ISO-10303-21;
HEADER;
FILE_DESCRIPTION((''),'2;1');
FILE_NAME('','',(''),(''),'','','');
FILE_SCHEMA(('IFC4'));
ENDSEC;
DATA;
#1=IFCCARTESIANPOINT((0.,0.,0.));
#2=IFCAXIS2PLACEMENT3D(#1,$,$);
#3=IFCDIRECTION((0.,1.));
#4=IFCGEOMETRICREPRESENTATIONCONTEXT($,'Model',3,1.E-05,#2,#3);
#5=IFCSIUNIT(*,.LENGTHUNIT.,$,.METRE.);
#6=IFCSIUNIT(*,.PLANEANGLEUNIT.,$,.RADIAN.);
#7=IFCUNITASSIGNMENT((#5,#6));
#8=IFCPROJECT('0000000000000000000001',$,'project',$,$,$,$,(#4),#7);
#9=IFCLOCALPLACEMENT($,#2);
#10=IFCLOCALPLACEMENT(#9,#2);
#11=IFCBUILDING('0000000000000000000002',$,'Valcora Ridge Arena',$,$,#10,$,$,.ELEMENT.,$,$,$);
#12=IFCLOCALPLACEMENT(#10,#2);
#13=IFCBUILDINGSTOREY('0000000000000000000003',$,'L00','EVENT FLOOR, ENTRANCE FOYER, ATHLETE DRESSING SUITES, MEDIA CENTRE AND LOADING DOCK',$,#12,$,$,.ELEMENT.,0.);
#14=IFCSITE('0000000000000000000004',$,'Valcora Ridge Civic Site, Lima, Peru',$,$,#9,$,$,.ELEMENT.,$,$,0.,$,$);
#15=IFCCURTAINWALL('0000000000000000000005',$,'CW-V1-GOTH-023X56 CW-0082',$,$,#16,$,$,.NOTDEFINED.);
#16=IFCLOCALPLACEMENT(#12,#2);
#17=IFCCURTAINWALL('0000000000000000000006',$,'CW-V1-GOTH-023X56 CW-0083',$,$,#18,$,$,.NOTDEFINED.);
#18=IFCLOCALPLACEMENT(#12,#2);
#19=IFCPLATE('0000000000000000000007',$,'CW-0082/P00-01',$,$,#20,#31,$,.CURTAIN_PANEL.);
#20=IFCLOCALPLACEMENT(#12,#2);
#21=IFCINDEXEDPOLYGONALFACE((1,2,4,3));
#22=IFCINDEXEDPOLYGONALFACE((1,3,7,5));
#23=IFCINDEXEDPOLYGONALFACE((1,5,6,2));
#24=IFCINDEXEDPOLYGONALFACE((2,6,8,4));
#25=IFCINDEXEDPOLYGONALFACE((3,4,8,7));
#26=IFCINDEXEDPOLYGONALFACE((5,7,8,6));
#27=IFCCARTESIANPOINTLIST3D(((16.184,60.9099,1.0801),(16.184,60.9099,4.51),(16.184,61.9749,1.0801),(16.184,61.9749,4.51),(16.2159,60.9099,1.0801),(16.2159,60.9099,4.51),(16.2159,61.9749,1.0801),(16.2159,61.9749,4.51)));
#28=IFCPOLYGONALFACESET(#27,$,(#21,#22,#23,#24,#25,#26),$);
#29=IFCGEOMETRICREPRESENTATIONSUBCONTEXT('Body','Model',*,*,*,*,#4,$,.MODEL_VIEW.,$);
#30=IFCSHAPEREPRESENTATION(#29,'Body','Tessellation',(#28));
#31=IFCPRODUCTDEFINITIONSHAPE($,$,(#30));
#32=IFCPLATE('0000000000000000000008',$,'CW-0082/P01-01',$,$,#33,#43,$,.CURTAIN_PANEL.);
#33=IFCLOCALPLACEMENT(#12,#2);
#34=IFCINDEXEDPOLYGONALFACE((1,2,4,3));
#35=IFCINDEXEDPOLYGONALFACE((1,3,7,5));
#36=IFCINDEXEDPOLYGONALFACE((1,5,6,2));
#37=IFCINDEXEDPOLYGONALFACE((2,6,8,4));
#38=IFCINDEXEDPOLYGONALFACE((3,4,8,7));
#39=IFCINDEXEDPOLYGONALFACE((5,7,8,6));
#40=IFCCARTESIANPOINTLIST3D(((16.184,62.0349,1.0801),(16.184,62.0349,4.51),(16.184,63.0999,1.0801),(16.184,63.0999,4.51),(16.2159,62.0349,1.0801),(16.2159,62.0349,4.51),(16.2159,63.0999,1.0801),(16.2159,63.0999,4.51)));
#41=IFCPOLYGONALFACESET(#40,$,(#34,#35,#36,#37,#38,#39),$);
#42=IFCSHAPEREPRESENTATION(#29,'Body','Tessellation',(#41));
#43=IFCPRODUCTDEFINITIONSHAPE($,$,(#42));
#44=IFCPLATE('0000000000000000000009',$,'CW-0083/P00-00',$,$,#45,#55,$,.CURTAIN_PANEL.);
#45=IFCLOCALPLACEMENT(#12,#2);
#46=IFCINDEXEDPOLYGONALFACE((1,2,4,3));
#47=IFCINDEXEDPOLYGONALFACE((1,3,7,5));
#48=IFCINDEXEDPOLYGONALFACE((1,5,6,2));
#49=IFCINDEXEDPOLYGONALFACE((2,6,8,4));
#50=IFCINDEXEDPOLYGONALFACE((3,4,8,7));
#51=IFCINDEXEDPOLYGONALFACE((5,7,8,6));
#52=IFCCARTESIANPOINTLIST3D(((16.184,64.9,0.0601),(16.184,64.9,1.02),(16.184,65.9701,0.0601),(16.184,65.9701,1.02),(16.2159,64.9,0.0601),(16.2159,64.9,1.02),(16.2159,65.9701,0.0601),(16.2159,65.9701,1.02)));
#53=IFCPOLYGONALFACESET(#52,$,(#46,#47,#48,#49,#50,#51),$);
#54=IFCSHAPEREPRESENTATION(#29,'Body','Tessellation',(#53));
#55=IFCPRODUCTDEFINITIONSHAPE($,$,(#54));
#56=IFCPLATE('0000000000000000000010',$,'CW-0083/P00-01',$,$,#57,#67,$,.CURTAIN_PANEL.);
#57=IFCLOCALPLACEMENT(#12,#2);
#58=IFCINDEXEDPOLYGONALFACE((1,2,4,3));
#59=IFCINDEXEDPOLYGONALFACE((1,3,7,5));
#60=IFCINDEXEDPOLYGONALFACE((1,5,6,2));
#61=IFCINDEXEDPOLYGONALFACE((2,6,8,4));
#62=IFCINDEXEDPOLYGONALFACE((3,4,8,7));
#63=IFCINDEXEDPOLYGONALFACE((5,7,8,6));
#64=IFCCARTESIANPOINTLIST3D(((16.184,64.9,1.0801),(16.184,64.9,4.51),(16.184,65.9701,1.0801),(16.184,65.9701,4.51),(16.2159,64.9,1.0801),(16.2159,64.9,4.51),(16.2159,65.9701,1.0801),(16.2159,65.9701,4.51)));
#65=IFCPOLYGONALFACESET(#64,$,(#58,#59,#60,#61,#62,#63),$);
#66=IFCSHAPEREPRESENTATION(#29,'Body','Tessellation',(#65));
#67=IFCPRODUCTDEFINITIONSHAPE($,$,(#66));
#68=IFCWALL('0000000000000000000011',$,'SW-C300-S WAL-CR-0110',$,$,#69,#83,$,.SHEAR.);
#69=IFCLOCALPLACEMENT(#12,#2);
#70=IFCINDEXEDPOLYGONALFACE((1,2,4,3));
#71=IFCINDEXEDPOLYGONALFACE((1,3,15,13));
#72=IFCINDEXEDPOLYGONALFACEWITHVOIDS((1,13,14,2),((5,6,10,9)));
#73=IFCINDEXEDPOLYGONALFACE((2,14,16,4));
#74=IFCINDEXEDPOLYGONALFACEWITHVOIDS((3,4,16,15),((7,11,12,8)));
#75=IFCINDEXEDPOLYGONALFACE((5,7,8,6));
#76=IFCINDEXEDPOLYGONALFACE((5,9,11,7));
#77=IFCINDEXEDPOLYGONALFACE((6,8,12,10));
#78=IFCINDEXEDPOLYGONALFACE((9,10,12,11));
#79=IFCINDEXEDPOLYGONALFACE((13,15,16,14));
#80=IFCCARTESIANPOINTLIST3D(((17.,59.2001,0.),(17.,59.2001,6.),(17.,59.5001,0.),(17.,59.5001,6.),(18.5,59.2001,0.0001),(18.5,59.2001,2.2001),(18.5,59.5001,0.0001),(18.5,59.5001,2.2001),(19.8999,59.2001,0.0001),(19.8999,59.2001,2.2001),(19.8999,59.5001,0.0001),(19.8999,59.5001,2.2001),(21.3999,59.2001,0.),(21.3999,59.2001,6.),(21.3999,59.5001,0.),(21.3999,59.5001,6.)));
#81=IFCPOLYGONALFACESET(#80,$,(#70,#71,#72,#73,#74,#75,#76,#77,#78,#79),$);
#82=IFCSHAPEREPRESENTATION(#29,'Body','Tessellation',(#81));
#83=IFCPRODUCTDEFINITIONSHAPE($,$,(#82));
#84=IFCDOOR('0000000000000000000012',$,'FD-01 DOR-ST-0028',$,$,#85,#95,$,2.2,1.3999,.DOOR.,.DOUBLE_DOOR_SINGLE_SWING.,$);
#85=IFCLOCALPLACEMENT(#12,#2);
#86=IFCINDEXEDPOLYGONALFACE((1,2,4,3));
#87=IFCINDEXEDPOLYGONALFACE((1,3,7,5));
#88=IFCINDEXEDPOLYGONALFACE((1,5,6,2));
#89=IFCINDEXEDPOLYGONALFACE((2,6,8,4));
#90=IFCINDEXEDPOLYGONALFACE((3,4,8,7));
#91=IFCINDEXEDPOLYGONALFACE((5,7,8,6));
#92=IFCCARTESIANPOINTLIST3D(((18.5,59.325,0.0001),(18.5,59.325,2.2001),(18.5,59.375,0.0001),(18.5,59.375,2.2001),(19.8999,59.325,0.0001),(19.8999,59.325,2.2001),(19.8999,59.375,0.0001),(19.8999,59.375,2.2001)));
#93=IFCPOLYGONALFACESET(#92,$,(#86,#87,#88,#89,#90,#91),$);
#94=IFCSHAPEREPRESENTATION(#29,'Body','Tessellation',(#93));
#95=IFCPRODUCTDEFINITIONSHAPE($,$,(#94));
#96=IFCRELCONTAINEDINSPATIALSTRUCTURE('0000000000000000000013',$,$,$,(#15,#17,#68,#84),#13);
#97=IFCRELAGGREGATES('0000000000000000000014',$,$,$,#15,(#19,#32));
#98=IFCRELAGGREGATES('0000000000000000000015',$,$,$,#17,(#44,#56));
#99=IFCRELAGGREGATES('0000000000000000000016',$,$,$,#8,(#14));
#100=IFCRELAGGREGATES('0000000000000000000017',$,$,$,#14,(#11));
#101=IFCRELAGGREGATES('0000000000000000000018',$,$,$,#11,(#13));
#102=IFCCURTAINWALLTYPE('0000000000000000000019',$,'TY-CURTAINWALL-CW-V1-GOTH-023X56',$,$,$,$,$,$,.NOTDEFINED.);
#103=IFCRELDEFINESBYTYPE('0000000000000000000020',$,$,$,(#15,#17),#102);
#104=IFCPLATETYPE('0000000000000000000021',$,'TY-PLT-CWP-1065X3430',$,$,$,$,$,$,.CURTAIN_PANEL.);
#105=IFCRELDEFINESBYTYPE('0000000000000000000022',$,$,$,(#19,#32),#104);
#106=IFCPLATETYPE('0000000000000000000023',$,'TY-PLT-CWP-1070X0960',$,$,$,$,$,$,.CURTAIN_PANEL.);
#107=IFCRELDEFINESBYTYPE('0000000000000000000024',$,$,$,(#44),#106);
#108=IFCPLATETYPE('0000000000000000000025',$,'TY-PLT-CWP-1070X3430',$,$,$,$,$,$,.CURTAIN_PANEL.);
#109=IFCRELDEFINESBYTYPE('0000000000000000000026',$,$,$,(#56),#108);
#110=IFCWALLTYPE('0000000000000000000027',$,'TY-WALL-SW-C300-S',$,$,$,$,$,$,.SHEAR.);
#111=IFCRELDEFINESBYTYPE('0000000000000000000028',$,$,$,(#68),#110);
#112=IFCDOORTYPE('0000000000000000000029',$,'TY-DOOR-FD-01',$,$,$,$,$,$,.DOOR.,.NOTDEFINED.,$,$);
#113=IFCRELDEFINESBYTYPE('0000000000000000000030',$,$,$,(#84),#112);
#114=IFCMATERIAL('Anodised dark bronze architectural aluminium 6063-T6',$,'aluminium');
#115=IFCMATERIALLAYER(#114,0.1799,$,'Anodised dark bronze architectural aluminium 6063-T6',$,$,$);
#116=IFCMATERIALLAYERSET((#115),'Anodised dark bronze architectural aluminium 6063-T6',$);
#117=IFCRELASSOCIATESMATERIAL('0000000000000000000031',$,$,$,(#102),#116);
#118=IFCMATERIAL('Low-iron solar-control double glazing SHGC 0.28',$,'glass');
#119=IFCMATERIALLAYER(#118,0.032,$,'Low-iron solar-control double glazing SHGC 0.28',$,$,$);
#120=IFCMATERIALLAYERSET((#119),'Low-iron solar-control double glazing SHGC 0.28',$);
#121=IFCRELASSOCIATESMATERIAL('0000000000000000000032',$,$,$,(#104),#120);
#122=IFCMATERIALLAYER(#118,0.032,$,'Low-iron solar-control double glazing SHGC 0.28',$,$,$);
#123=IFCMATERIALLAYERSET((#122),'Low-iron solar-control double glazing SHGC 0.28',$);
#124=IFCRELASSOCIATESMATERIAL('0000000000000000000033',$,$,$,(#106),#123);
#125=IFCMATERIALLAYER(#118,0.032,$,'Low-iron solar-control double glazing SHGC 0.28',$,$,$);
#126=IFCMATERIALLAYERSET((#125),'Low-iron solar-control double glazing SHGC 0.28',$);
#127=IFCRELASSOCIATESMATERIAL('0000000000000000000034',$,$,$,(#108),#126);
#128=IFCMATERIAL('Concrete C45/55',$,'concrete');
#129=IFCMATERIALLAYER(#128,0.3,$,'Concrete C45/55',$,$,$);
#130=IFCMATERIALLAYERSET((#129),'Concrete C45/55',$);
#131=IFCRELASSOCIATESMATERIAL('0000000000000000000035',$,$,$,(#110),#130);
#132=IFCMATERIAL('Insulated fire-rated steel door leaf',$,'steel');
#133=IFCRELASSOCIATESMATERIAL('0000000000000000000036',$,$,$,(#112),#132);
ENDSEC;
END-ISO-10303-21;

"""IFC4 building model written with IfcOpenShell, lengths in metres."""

from ifc_helpers import new_model, si_unit, direction, frame, frame_2d, origin, origin_2d, place, context, subcontext, project, spatial, rectangle, extrude, material, layer, layer_set, type_object, element, fill, aggregate, save


model = new_model("IFC4")

# Units and contexts
model_context = context("Model", 3, precision=1e-05, world=origin(), true_north=direction((0.0, 1.0)))
body_context = subcontext(model_context, "Body", "Model", "MODEL_VIEW")
ifc_project = project(units=[si_unit("LENGTHUNIT", "METRE"), si_unit("PLANEANGLEUNIT", "RADIAN")], contexts=[model_context])

# Site, building, storey
site_placement = place(None, origin())
site = spatial("IfcSite", under=ifc_project, at=site_placement, Name="Valcora Ridge Civic Site, Lima, Peru", CompositionType="ELEMENT", RefElevation=0.0)
building_placement = place(site_placement, origin())
building = spatial("IfcBuilding", under=site, at=building_placement, Name="Valcora Ridge Arena", CompositionType="ELEMENT")
storey_placement = place(building_placement, origin())
storey = spatial("IfcBuildingStorey", under=building, at=storey_placement, Name="L00", Description="EVENT FLOOR, ENTRANCE FOYER, ATHLETE DRESSING SUITES, MEDIA CENTRE AND LOADING DOCK", CompositionType="ELEMENT", Elevation=0.0)

# Curtain wall
ifc_material_1 = material(Name="Anodised dark bronze architectural aluminium 6063-T6", Category="aluminium")
ifc_layer_1 = layer(ifc_material_1, 0.1799, Name="Anodised dark bronze architectural aluminium 6063-T6")
ifc_layer_set_1 = layer_set([ifc_layer_1], Name="Anodised dark bronze architectural aluminium 6063-T6")
curtain_wall_type = type_object("IfcCurtainWallType", Name="TY-CURTAINWALL-CW-V1-GOTH-023X56", PredefinedType="NOTDEFINED", material=ifc_layer_set_1)
curtain_wall_1_placement = place(storey_placement, origin())
curtain_wall_1 = element("IfcCurtainWall", 1, at=curtain_wall_1_placement, inside=storey, type_object=curtain_wall_type, Name="CW-V1-GOTH-023X56 CW-0082", PredefinedType="NOTDEFINED")

# Curtain wall
curtain_wall_2_placement = place(storey_placement, origin())
curtain_wall_2 = element("IfcCurtainWall", 2, at=curtain_wall_2_placement, inside=storey, type_object=curtain_wall_type, Name="CW-V1-GOTH-023X56 CW-0083", PredefinedType="NOTDEFINED")

# Plates
ifc_material_2 = material(Name="Low-iron solar-control double glazing SHGC 0.28", Category="glass")
ifc_layer_2 = layer(ifc_material_2, 0.032, Name="Low-iron solar-control double glazing SHGC 0.28")
ifc_layer_set_2 = layer_set([ifc_layer_2], Name="Low-iron solar-control double glazing SHGC 0.28")
plate_type_1 = type_object("IfcPlateType", Name="TY-PLT-CWP-1065X3430", PredefinedType="CURTAIN_PANEL", material=ifc_layer_set_2)
plate_1_placement = place(storey_placement, frame((16.2, 61.4424, 1.0801), z_axis=(0.0, 0.0, 1.0), x_axis=(0.0, 1.0, 0.0)))
plate_1 = element("IfcPlate", 3, at=plate_1_placement, type_object=plate_type_1, Name="CW-0082/P00-01", PredefinedType="CURTAIN_PANEL", context=body_context, shape_type="SweptSolid", body=[
    extrude(rectangle(XDim=1.0649, YDim=0.032, at=origin_2d()), origin(), (0.0, 0.0, 1.0), 3.4299),
])
plate_2_placement = place(storey_placement, frame((16.2, 62.5674, 1.0801), z_axis=(0.0, 0.0, 1.0), x_axis=(0.0, 1.0, 0.0)))
plate_2 = element("IfcPlate", 4, at=plate_2_placement, type_object=plate_type_1, Name="CW-0082/P01-01", PredefinedType="CURTAIN_PANEL", context=body_context, shape_type="SweptSolid", body=[
    extrude(rectangle(XDim=1.0649, YDim=0.032, at=origin_2d()), origin(), (0.0, 0.0, 1.0), 3.4299),
])
aggregate(curtain_wall_1, [plate_1, plate_2])
ifc_layer_3 = layer(ifc_material_2, 0.032, Name="Low-iron solar-control double glazing SHGC 0.28")
ifc_layer_set_3 = layer_set([ifc_layer_3], Name="Low-iron solar-control double glazing SHGC 0.28")
plate_type_2 = type_object("IfcPlateType", Name="TY-PLT-CWP-1070X0960", PredefinedType="CURTAIN_PANEL", material=ifc_layer_set_3)
plate_3_placement = place(storey_placement, frame((16.2, 65.4351, 0.0601), z_axis=(0.0, 0.0, 1.0), x_axis=(0.0, 1.0, 0.0)))
plate_3 = element("IfcPlate", 5, at=plate_3_placement, type_object=plate_type_2, Name="CW-0083/P00-00", PredefinedType="CURTAIN_PANEL", context=body_context, shape_type="SweptSolid", body=[
    extrude(rectangle(XDim=1.0701, YDim=0.032, at=origin_2d()), origin(), (0.0, 0.0, 1.0), 0.96),
])
ifc_layer_4 = layer(ifc_material_2, 0.032, Name="Low-iron solar-control double glazing SHGC 0.28")
ifc_layer_set_4 = layer_set([ifc_layer_4], Name="Low-iron solar-control double glazing SHGC 0.28")
plate_type_3 = type_object("IfcPlateType", Name="TY-PLT-CWP-1070X3430", PredefinedType="CURTAIN_PANEL", material=ifc_layer_set_4)
plate_4_placement = place(storey_placement, frame((16.2, 65.4351, 1.0801), z_axis=(0.0, 0.0, 1.0), x_axis=(0.0, 1.0, 0.0)))
plate_4 = element("IfcPlate", 6, at=plate_4_placement, type_object=plate_type_3, Name="CW-0083/P00-01", PredefinedType="CURTAIN_PANEL", context=body_context, shape_type="SweptSolid", body=[
    extrude(rectangle(XDim=1.0701, YDim=0.032, at=origin_2d()), origin(), (0.0, 0.0, 1.0), 3.4299),
])
aggregate(curtain_wall_2, [plate_3, plate_4])

# Wall, opening, door
ifc_material_3 = material(Name="Concrete C45/55", Category="concrete")
ifc_layer_5 = layer(ifc_material_3, 0.3, Name="Concrete C45/55")
ifc_layer_set_5 = layer_set([ifc_layer_5], Name="Concrete C45/55")
wall_type = type_object("IfcWallType", Name="TY-WALL-SW-C300-S", PredefinedType="SHEAR", material=ifc_layer_set_5)
wall_placement = place(storey_placement, frame((17.0, 59.3501, 0.0), z_axis=(0.0, 0.0, 1.0), x_axis=(1.0, 0.0, 0.0)))
wall = element("IfcWall", 7, at=wall_placement, inside=storey, type_object=wall_type, Name="SW-C300-S WAL-CR-0110", PredefinedType="SHEAR", context=body_context, shape_type="SweptSolid", body=[
    extrude(rectangle(XDim=4.3999, YDim=0.3, at=frame_2d((2.2, 0.0))), origin(), (0.0, 0.0, 1.0), 6.0),
])
opening_placement = place(wall_placement, frame((1.5, 0.0, 0.0)))
opening = element("IfcOpeningElement", 8, at=opening_placement, cuts=wall, PredefinedType="OPENING", context=body_context, shape_type="SweptSolid", body=[
    extrude(rectangle(XDim=1.3999, YDim=2.2, at=frame_2d((0.7, 1.1001))), frame((0.0, 0.1599, 0.0), z_axis=(0.0, -1.0, 0.0), x_axis=(1.0, 0.0, 0.0)), (0.0, 0.0, 1.0), 0.3201),
])
ifc_material_4 = material(Name="Insulated fire-rated steel door leaf", Category="steel")
door_type = type_object("IfcDoorType", Name="TY-DOOR-FD-01", OperationType="NOTDEFINED", PredefinedType="DOOR", material=ifc_material_4)
door_placement = place(opening_placement, origin())
door = element("IfcDoor", 9, at=door_placement, inside=storey, type_object=door_type, Name="FD-01 DOR-ST-0028", OperationType="DOUBLE_DOOR_SINGLE_SWING", OverallHeight=2.2, OverallWidth=1.3999, PredefinedType="DOOR", context=body_context, shape_type="SweptSolid", body=[
    extrude(rectangle(XDim=1.3999, YDim=2.2, at=frame_2d((0.7, 1.1001))), frame((0.0, 0.0249, 0.0), z_axis=(0.0, -1.0, 0.0), x_axis=(1.0, 0.0, 0.0)), (0.0, 0.0, 1.0), 0.05),
])
fill(opening, door)

save(model, "model.ifc")
